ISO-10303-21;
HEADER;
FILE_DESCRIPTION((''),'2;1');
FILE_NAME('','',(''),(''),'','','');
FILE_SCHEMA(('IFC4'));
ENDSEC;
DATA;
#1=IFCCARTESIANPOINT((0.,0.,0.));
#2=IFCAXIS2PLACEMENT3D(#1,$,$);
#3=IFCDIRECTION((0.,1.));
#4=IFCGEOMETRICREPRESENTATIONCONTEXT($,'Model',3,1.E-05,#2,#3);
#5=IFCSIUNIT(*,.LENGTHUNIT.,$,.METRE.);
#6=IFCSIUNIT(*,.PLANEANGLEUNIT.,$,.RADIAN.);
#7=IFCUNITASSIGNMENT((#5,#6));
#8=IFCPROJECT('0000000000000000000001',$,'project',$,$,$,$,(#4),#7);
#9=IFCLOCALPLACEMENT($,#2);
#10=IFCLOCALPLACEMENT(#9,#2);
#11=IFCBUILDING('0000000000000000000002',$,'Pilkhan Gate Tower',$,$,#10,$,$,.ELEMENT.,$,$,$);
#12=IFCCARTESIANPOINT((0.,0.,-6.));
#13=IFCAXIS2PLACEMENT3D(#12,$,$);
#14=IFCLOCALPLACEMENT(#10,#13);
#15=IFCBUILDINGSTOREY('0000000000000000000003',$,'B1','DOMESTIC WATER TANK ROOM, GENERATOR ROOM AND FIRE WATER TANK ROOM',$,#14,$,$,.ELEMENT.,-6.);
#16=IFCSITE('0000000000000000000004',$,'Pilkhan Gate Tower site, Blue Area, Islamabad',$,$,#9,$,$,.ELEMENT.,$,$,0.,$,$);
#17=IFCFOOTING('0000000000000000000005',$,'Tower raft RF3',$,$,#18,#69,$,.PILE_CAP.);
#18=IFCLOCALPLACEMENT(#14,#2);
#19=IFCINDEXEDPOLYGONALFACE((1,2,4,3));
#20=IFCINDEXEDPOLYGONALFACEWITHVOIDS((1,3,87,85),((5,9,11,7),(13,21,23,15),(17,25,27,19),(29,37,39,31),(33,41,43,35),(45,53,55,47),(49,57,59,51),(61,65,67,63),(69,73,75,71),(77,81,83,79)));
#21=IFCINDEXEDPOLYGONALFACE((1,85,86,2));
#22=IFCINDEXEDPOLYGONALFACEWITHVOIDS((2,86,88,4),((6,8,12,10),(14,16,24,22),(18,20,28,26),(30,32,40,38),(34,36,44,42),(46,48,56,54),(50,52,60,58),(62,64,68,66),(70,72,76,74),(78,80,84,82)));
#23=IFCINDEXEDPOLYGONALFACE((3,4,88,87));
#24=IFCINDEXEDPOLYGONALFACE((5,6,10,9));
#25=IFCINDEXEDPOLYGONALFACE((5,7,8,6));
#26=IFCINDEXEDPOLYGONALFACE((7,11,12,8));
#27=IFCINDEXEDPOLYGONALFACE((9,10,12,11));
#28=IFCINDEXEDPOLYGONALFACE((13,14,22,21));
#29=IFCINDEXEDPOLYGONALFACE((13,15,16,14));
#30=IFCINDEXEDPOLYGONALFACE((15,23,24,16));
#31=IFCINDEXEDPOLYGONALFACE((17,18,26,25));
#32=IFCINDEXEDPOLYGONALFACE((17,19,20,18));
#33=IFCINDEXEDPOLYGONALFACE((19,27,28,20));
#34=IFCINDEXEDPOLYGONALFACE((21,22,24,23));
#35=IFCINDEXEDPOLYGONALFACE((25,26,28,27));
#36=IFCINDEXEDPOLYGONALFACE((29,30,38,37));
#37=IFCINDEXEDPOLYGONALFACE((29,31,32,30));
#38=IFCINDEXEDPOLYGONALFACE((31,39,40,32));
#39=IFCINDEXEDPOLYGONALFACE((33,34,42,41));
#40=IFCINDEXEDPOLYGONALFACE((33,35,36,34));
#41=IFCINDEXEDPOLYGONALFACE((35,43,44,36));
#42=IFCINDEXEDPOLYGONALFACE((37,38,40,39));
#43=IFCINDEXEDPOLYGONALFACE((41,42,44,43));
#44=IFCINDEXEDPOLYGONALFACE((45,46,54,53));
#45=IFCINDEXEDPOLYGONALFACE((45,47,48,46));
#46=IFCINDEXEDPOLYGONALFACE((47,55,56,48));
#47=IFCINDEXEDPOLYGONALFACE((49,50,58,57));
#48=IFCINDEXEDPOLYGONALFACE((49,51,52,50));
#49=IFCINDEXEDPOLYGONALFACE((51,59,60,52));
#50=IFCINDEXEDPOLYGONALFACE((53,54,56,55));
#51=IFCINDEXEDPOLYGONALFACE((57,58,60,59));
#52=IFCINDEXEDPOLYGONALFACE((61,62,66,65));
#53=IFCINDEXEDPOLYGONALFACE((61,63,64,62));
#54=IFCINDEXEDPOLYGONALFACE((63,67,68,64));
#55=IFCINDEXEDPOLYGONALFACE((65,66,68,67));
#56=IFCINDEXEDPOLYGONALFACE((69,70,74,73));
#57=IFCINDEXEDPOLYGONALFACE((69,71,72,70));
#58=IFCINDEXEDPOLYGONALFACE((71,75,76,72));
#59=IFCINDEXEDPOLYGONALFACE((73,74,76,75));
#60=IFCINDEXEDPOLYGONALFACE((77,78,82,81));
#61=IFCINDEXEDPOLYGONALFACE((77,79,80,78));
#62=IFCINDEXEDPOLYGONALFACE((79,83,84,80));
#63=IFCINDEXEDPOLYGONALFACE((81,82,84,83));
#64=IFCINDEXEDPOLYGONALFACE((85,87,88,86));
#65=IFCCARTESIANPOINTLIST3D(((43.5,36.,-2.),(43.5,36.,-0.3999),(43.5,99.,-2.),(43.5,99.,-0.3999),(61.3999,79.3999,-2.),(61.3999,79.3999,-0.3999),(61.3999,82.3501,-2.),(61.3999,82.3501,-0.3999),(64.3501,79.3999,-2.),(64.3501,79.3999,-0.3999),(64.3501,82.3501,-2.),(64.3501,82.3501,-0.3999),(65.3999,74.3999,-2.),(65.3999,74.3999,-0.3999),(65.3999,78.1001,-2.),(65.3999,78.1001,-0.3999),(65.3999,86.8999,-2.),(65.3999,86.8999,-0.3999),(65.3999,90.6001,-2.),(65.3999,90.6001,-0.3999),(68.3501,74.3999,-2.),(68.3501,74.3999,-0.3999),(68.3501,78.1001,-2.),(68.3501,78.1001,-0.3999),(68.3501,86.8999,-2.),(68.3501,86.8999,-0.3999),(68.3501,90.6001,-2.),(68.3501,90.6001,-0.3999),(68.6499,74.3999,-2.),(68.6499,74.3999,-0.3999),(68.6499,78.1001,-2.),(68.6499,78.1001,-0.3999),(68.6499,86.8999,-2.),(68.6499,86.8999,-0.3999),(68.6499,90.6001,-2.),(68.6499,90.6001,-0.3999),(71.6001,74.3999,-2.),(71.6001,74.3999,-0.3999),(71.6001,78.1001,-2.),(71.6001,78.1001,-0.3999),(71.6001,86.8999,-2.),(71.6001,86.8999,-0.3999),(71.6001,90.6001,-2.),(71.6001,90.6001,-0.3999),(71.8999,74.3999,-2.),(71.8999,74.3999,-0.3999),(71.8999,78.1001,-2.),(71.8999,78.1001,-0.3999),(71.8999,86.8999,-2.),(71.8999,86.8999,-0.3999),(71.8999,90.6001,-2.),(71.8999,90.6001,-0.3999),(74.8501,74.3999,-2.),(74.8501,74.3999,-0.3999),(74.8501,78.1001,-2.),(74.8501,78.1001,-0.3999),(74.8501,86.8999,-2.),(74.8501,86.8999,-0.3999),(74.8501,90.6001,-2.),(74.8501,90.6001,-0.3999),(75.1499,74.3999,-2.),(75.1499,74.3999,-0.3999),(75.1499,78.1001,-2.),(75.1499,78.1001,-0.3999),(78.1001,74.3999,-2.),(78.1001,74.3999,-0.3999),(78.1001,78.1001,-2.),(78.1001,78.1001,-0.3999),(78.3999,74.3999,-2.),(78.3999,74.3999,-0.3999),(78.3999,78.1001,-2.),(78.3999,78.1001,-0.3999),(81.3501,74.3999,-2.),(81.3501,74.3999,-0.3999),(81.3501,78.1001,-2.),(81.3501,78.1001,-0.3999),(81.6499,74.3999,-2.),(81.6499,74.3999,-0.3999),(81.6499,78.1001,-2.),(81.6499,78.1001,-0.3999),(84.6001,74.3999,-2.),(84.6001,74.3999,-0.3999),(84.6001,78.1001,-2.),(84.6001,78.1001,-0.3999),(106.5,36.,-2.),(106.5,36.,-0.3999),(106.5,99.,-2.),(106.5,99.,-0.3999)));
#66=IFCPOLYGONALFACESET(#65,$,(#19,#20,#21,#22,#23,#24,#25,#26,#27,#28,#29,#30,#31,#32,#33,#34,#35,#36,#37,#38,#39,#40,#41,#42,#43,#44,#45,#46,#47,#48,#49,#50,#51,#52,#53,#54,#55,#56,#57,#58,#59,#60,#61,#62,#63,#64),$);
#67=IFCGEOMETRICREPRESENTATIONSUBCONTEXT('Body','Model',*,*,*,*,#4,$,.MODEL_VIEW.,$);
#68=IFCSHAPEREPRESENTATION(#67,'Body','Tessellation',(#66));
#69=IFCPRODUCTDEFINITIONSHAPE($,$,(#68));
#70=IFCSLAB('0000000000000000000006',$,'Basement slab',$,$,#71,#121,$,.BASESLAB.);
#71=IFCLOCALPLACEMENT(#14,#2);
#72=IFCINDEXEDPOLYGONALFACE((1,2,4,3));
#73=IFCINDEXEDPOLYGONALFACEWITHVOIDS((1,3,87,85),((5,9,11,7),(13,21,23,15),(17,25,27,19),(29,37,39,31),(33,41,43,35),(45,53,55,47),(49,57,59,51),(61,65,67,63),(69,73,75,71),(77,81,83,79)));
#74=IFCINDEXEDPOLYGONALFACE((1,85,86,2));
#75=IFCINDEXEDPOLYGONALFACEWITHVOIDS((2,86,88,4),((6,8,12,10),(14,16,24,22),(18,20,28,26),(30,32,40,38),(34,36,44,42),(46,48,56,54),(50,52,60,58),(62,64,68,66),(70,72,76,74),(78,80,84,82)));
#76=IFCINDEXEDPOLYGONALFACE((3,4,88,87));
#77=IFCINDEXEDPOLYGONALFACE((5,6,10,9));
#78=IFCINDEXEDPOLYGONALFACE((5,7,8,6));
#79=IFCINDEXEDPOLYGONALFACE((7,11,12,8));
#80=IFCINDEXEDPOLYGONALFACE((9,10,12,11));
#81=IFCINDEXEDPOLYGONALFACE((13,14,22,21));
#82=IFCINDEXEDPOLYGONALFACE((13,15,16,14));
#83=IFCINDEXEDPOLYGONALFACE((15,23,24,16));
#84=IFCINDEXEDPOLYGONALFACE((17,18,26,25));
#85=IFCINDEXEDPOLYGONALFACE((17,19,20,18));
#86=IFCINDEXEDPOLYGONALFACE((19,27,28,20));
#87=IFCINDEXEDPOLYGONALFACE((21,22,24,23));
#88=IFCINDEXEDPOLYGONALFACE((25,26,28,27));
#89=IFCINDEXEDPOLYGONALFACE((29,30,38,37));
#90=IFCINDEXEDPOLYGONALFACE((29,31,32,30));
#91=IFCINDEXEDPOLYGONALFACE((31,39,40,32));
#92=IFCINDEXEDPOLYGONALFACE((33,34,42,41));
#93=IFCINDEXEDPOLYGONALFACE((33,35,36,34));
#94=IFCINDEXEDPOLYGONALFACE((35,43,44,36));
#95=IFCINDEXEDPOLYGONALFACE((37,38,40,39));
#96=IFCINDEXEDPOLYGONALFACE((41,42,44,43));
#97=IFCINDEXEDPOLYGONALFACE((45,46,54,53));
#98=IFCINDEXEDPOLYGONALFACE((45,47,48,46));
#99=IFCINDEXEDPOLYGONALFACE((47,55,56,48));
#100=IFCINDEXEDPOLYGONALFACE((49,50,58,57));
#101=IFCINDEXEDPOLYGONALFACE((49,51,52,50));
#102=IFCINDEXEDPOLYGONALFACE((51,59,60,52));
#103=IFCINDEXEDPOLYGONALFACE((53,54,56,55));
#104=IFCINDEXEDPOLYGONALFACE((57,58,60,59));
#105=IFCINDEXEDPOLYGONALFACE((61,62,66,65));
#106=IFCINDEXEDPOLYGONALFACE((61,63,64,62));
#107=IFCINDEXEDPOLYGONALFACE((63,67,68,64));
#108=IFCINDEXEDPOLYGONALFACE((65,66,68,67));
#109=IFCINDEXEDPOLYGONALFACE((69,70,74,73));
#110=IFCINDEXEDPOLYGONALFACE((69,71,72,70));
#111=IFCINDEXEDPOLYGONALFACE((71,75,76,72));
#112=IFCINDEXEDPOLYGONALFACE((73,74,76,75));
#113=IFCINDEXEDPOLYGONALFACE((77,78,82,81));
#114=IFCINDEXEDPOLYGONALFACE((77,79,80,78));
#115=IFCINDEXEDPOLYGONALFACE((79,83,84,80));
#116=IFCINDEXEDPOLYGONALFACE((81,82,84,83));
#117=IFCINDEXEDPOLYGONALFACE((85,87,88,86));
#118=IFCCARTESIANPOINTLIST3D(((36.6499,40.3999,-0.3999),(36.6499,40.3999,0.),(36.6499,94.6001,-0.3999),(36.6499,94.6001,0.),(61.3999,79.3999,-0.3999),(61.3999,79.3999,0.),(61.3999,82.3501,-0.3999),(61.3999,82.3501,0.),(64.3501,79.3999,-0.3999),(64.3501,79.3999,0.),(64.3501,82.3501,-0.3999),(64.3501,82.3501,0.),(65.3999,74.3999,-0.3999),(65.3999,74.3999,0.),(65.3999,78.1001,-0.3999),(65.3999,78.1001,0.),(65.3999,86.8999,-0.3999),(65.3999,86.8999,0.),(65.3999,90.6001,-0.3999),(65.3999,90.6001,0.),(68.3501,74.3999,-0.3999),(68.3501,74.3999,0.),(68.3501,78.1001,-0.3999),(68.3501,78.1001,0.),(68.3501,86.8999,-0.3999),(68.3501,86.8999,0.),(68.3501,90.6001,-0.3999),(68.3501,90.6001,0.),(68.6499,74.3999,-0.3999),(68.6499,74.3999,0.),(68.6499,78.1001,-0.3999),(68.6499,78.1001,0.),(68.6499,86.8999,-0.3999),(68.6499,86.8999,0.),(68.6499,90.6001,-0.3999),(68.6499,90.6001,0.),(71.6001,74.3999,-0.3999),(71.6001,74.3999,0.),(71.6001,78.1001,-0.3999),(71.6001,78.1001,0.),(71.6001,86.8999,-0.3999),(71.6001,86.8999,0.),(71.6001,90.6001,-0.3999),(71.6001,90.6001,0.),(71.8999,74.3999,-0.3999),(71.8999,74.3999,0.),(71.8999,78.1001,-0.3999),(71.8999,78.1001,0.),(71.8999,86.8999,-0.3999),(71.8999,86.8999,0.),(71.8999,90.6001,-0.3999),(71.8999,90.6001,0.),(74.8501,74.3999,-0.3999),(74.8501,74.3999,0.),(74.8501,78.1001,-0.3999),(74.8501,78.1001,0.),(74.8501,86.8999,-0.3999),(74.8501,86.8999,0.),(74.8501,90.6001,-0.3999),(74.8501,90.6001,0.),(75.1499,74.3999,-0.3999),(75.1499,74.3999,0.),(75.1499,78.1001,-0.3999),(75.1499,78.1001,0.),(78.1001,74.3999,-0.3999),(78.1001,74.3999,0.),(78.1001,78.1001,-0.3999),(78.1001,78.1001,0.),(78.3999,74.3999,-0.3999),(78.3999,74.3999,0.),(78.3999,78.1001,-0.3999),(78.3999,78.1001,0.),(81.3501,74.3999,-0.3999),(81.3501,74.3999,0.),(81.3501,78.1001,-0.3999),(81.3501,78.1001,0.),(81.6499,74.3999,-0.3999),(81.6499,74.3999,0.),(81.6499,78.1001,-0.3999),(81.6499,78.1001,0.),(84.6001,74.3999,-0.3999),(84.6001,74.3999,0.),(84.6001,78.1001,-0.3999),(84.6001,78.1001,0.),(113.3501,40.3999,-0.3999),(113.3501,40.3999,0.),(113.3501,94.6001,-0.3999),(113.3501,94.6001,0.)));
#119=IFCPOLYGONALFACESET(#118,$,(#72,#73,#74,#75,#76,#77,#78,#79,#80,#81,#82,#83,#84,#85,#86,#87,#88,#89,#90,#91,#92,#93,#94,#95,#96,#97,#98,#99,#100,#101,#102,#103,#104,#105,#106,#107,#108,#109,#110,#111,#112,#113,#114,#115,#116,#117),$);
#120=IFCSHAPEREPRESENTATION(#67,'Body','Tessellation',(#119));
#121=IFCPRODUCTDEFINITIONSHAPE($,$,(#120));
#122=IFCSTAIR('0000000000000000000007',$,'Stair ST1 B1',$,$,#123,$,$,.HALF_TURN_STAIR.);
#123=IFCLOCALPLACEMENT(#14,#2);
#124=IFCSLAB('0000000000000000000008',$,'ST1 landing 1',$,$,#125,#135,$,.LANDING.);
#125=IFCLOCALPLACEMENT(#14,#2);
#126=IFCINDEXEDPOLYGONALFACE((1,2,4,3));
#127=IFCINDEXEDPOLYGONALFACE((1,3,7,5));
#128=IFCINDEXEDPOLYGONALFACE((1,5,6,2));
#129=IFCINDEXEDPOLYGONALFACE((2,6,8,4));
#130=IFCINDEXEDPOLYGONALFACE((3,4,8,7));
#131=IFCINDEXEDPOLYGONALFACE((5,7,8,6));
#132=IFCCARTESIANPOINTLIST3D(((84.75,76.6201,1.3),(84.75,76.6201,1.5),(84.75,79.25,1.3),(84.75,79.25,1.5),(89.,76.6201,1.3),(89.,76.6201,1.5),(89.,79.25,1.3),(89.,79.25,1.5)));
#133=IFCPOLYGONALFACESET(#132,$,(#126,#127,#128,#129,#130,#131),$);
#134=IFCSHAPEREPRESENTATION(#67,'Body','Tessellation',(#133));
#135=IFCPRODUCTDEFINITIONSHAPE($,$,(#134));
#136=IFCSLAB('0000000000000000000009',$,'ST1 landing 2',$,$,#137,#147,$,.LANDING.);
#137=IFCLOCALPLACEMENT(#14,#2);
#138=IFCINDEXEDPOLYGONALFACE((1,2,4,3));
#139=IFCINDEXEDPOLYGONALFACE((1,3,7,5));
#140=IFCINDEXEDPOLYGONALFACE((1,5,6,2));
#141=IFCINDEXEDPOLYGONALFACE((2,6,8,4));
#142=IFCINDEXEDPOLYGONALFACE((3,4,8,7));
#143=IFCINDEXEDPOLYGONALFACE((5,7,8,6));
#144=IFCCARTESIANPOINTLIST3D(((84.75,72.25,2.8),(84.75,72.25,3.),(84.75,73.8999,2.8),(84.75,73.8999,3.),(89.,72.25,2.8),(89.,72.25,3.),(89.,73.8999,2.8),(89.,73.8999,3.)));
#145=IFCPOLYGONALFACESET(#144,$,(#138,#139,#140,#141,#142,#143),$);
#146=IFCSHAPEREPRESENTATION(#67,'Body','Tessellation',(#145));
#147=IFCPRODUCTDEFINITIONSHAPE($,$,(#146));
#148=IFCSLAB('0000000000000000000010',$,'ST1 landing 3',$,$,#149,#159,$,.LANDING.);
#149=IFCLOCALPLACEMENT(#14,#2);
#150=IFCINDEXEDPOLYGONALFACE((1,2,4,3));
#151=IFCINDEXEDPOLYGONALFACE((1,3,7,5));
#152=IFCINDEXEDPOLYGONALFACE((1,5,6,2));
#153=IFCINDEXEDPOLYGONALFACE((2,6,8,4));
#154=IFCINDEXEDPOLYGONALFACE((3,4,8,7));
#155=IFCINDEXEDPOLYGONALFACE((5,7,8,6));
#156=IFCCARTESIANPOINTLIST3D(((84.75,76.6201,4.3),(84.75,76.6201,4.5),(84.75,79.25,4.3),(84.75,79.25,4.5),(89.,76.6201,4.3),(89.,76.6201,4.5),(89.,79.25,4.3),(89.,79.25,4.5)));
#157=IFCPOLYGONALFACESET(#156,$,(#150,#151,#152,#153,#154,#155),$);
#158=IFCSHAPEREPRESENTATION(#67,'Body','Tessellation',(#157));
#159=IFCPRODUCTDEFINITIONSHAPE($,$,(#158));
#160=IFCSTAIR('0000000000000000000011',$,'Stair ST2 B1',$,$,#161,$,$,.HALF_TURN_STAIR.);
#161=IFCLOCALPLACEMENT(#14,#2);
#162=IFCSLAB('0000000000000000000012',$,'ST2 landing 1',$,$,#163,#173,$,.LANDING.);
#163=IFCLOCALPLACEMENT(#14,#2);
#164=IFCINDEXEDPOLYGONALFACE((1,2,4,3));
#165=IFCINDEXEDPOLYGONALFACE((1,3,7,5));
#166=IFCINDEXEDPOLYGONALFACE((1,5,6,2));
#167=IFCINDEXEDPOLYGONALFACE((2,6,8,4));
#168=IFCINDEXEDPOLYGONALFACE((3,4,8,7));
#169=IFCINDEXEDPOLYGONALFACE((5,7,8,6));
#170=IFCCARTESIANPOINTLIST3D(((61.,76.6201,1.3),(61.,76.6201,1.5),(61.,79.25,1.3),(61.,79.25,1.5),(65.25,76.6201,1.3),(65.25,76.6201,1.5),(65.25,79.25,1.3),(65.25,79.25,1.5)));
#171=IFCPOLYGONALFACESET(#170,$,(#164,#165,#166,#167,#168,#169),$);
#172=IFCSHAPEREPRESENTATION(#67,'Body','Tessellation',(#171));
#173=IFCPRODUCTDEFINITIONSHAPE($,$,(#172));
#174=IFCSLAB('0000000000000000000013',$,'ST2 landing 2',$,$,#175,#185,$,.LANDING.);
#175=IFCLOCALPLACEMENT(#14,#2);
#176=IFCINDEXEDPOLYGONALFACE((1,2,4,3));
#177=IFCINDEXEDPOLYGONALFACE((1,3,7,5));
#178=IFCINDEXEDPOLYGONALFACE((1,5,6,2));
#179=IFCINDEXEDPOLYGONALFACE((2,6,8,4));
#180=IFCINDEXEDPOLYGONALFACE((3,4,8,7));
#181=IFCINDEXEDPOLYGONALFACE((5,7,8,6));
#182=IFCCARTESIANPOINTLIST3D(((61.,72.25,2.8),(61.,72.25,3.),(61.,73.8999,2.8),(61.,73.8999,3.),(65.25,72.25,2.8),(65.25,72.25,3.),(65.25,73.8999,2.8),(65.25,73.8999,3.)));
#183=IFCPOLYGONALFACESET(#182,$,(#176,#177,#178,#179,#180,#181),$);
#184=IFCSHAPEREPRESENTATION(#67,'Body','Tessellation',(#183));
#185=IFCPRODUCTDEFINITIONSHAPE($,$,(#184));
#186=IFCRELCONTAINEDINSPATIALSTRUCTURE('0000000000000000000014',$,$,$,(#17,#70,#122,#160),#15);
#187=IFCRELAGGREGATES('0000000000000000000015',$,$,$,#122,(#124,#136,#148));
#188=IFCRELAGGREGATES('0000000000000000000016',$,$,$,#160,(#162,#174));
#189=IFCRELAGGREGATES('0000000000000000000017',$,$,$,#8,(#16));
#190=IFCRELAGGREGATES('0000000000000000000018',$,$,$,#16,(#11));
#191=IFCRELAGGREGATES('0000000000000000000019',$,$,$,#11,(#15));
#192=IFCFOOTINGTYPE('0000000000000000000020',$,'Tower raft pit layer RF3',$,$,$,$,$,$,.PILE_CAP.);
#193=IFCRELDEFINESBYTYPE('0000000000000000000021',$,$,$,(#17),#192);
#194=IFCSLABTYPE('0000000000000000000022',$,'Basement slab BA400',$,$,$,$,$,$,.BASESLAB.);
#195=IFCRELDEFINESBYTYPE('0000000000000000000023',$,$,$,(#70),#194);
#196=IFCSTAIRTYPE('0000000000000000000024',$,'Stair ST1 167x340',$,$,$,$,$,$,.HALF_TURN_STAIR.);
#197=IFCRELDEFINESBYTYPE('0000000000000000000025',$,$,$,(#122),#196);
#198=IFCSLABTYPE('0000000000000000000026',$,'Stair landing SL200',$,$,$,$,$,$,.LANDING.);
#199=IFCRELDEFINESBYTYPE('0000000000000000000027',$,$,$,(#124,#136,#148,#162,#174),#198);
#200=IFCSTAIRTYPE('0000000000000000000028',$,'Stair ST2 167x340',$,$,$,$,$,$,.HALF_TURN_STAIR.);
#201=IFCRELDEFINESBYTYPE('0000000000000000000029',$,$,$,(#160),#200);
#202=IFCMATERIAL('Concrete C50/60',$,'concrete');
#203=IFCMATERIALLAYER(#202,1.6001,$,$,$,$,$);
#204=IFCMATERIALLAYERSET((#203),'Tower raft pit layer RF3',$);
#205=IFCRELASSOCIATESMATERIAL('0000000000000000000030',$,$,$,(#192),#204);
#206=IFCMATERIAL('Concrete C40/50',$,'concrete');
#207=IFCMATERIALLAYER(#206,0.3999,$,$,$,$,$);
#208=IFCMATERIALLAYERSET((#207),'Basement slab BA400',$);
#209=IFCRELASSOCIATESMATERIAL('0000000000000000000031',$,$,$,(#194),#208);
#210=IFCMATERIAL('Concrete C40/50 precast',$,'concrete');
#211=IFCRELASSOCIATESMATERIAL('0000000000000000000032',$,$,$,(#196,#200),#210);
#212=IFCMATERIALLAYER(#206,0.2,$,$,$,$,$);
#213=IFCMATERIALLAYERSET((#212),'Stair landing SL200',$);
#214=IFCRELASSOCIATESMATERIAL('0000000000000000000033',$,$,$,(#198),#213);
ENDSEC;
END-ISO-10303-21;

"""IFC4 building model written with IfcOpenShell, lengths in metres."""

from ifc_helpers import new_model, si_unit, direction, frame, origin, place, context, subcontext, project, spatial, polyline, outline, extrude, material, layer, layer_set, type_object, element, aggregate, save


model = new_model("IFC4")

# Units and contexts
model_context = context("Model", 3, precision=1e-05, world=origin(), true_north=direction((0.0, 1.0)))
body_context = subcontext(model_context, "Body", "Model", "MODEL_VIEW")
ifc_project = project(units=[si_unit("LENGTHUNIT", "METRE"), si_unit("PLANEANGLEUNIT", "RADIAN")], contexts=[model_context])

# Site, building, storey
site_placement = place(None, origin())
site = spatial("IfcSite", under=ifc_project, at=site_placement, Name="Pilkhan Gate Tower site, Blue Area, Islamabad", CompositionType="ELEMENT", RefElevation=0.0)
building_placement = place(site_placement, origin())
building = spatial("IfcBuilding", under=site, at=building_placement, Name="Pilkhan Gate Tower", CompositionType="ELEMENT")
storey_placement = place(building_placement, frame((0.0, 0.0, -6.0)))
storey = spatial("IfcBuildingStorey", under=building, at=storey_placement, Name="B1", Description="DOMESTIC WATER TANK ROOM, GENERATOR ROOM AND FIRE WATER TANK ROOM", CompositionType="ELEMENT", Elevation=-6.0)

# Shared definitions
ifc_material_1 = material(Name="Concrete C50/60", Category="concrete")

# Footing
ifc_layer_1 = layer(ifc_material_1, 1.6001)
ifc_layer_set_1 = layer_set([ifc_layer_1], Name="Tower raft pit layer RF3")
footing_type_1 = type_object("IfcFootingType", Name="Tower raft pit layer RF3", PredefinedType="PILE_CAP", material=ifc_layer_set_1)
footing_1_placement = place(storey_placement, frame((0.0, 0.0, -2.0)))
element("IfcFooting", 1, at=footing_1_placement, inside=storey, type_object=footing_type_1, Name="Tower raft RF3", PredefinedType="PILE_CAP", context=body_context, shape_type="SweptSolid", body=[
    extrude(outline(polyline([(43.5, 36.0), (106.5, 36.0), (106.5, 99.0), (43.5, 99.0), (43.5, 36.0)]), holes=[polyline([(65.3999, 74.3999), (68.3501, 74.3999), (68.3501, 78.1001), (65.3999, 78.1001), (65.3999, 74.3999)]), polyline([(68.6499, 74.3999), (71.6001, 74.3999), (71.6001, 78.1001), (68.6499, 78.1001), (68.6499, 74.3999)]), polyline([(71.8999, 74.3999), (74.8501, 74.3999), (74.8501, 78.1001), (71.8999, 78.1001), (71.8999, 74.3999)]), polyline([(75.1499, 74.3999), (78.1001, 74.3999), (78.1001, 78.1001), (75.1499, 78.1001), (75.1499, 74.3999)]), polyline([(78.3999, 74.3999), (81.3501, 74.3999), (81.3501, 78.1001), (78.3999, 78.1001), (78.3999, 74.3999)]), polyline([(81.6499, 74.3999), (84.6001, 74.3999), (84.6001, 78.1001), (81.6499, 78.1001), (81.6499, 74.3999)]), polyline([(65.3999, 86.8999), (68.3501, 86.8999), (68.3501, 90.6001), (65.3999, 90.6001), (65.3999, 86.8999)]), polyline([(68.6499, 86.8999), (71.6001, 86.8999), (71.6001, 90.6001), (68.6499, 90.6001), (68.6499, 86.8999)]), polyline([(71.8999, 86.8999), (74.8501, 86.8999), (74.8501, 90.6001), (71.8999, 90.6001), (71.8999, 86.8999)]), polyline([(61.3999, 79.3999), (64.3501, 79.3999), (64.3501, 82.3501), (61.3999, 82.3501), (61.3999, 79.3999)])]), origin(), (0.0, 0.0, 1.0), 1.6001),
])

# Slab
ifc_material_2 = material(Name="Concrete C40/50", Category="concrete")
ifc_layer_2 = layer(ifc_material_2, 0.3999)
ifc_layer_set_2 = layer_set([ifc_layer_2], Name="Basement slab BA400")
slab_type_1 = type_object("IfcSlabType", Name="Basement slab BA400", PredefinedType="BASESLAB", material=ifc_layer_set_2)
slab_1_placement = place(storey_placement, frame((0.0, 0.0, -0.3999)))
element("IfcSlab", 2, at=slab_1_placement, inside=storey, type_object=slab_type_1, Name="Basement slab", PredefinedType="BASESLAB", context=body_context, shape_type="SweptSolid", body=[
    extrude(outline(polyline([(113.3501, 40.3999), (113.3501, 94.6001), (36.6499, 94.6001), (36.6499, 40.3999), (113.3501, 40.3999)]), holes=[polyline([(65.3999, 74.3999), (68.3501, 74.3999), (68.3501, 78.1001), (65.3999, 78.1001), (65.3999, 74.3999)]), polyline([(68.6499, 74.3999), (71.6001, 74.3999), (71.6001, 78.1001), (68.6499, 78.1001), (68.6499, 74.3999)]), polyline([(71.8999, 74.3999), (74.8501, 74.3999), (74.8501, 78.1001), (71.8999, 78.1001), (71.8999, 74.3999)]), polyline([(75.1499, 74.3999), (78.1001, 74.3999), (78.1001, 78.1001), (75.1499, 78.1001), (75.1499, 74.3999)]), polyline([(78.3999, 74.3999), (81.3501, 74.3999), (81.3501, 78.1001), (78.3999, 78.1001), (78.3999, 74.3999)]), polyline([(81.6499, 74.3999), (84.6001, 74.3999), (84.6001, 78.1001), (81.6499, 78.1001), (81.6499, 74.3999)]), polyline([(65.3999, 86.8999), (68.3501, 86.8999), (68.3501, 90.6001), (65.3999, 90.6001), (65.3999, 86.8999)]), polyline([(68.6499, 86.8999), (71.6001, 86.8999), (71.6001, 90.6001), (68.6499, 90.6001), (68.6499, 86.8999)]), polyline([(71.8999, 86.8999), (74.8501, 86.8999), (74.8501, 90.6001), (71.8999, 90.6001), (71.8999, 86.8999)]), polyline([(61.3999, 79.3999), (64.3501, 79.3999), (64.3501, 82.3501), (61.3999, 82.3501), (61.3999, 79.3999)])]), origin(), (0.0, 0.0, 1.0), 0.3999),
])

# Stairs, slabs
ifc_material_3 = material(Name="Concrete C40/50 precast", Category="concrete")
stair_type_1 = type_object("IfcStairType", Name="Stair ST1 167x340", PredefinedType="HALF_TURN_STAIR", material=ifc_material_3)
stair_1_placement = place(storey_placement, origin())
stair_1 = element("IfcStair", 3, at=stair_1_placement, inside=storey, type_object=stair_type_1, Name="Stair ST1 B1", PredefinedType="HALF_TURN_STAIR")
ifc_layer_3 = layer(ifc_material_2, 0.2)
ifc_layer_set_3 = layer_set([ifc_layer_3], Name="Stair landing SL200")
slab_type_2 = type_object("IfcSlabType", Name="Stair landing SL200", PredefinedType="LANDING", material=ifc_layer_set_3)
slab_2_placement = place(storey_placement, frame((0.0, 0.0, 1.3)))
slab_2 = element("IfcSlab", 4, at=slab_2_placement, type_object=slab_type_2, Name="ST1 landing 1", PredefinedType="LANDING", context=body_context, shape_type="SweptSolid", body=[
    extrude(outline(polyline([(89.0, 76.6201), (89.0, 79.25), (84.75, 79.25), (84.75, 76.6201), (89.0, 76.6201)])), origin(), (0.0, 0.0, 1.0), 0.2),
])
slab_3_placement = place(storey_placement, frame((0.0, 0.0, 2.8)))
slab_3 = element("IfcSlab", 5, at=slab_3_placement, type_object=slab_type_2, Name="ST1 landing 2", PredefinedType="LANDING", context=body_context, shape_type="SweptSolid", body=[
    extrude(outline(polyline([(89.0, 72.25), (89.0, 73.8999), (84.75, 73.8999), (84.75, 72.25), (89.0, 72.25)])), origin(), (0.0, 0.0, 1.0), 0.2),
])
slab_4_placement = place(storey_placement, frame((0.0, 0.0, 4.3)))
slab_4 = element("IfcSlab", 6, at=slab_4_placement, type_object=slab_type_2, Name="ST1 landing 3", PredefinedType="LANDING", context=body_context, shape_type="SweptSolid", body=[
    extrude(outline(polyline([(89.0, 76.6201), (89.0, 79.25), (84.75, 79.25), (84.75, 76.6201), (89.0, 76.6201)])), origin(), (0.0, 0.0, 1.0), 0.2),
])
aggregate(stair_1, [slab_2, slab_3, slab_4])
stair_type_2 = type_object("IfcStairType", Name="Stair ST2 167x340", PredefinedType="HALF_TURN_STAIR", material=ifc_material_3)
stair_2_placement = place(storey_placement, origin())
stair_2 = element("IfcStair", 7, at=stair_2_placement, inside=storey, type_object=stair_type_2, Name="Stair ST2 B1", PredefinedType="HALF_TURN_STAIR")
slab_5_placement = place(storey_placement, frame((0.0, 0.0, 1.3)))
slab_5 = element("IfcSlab", 8, at=slab_5_placement, type_object=slab_type_2, Name="ST2 landing 1", PredefinedType="LANDING", context=body_context, shape_type="SweptSolid", body=[
    extrude(outline(polyline([(65.25, 76.6201), (65.25, 79.25), (61.0, 79.25), (61.0, 76.6201), (65.25, 76.6201)])), origin(), (0.0, 0.0, 1.0), 0.2),
])
slab_6_placement = place(storey_placement, frame((0.0, 0.0, 2.8)))
slab_6 = element("IfcSlab", 9, at=slab_6_placement, type_object=slab_type_2, Name="ST2 landing 2", PredefinedType="LANDING", context=body_context, shape_type="SweptSolid", body=[
    extrude(outline(polyline([(65.25, 72.25), (65.25, 73.8999), (61.0, 73.8999), (61.0, 72.25), (65.25, 72.25)])), origin(), (0.0, 0.0, 1.0), 0.2),
])
aggregate(stair_2, [slab_5, slab_6])

save(model, "model.ifc")
